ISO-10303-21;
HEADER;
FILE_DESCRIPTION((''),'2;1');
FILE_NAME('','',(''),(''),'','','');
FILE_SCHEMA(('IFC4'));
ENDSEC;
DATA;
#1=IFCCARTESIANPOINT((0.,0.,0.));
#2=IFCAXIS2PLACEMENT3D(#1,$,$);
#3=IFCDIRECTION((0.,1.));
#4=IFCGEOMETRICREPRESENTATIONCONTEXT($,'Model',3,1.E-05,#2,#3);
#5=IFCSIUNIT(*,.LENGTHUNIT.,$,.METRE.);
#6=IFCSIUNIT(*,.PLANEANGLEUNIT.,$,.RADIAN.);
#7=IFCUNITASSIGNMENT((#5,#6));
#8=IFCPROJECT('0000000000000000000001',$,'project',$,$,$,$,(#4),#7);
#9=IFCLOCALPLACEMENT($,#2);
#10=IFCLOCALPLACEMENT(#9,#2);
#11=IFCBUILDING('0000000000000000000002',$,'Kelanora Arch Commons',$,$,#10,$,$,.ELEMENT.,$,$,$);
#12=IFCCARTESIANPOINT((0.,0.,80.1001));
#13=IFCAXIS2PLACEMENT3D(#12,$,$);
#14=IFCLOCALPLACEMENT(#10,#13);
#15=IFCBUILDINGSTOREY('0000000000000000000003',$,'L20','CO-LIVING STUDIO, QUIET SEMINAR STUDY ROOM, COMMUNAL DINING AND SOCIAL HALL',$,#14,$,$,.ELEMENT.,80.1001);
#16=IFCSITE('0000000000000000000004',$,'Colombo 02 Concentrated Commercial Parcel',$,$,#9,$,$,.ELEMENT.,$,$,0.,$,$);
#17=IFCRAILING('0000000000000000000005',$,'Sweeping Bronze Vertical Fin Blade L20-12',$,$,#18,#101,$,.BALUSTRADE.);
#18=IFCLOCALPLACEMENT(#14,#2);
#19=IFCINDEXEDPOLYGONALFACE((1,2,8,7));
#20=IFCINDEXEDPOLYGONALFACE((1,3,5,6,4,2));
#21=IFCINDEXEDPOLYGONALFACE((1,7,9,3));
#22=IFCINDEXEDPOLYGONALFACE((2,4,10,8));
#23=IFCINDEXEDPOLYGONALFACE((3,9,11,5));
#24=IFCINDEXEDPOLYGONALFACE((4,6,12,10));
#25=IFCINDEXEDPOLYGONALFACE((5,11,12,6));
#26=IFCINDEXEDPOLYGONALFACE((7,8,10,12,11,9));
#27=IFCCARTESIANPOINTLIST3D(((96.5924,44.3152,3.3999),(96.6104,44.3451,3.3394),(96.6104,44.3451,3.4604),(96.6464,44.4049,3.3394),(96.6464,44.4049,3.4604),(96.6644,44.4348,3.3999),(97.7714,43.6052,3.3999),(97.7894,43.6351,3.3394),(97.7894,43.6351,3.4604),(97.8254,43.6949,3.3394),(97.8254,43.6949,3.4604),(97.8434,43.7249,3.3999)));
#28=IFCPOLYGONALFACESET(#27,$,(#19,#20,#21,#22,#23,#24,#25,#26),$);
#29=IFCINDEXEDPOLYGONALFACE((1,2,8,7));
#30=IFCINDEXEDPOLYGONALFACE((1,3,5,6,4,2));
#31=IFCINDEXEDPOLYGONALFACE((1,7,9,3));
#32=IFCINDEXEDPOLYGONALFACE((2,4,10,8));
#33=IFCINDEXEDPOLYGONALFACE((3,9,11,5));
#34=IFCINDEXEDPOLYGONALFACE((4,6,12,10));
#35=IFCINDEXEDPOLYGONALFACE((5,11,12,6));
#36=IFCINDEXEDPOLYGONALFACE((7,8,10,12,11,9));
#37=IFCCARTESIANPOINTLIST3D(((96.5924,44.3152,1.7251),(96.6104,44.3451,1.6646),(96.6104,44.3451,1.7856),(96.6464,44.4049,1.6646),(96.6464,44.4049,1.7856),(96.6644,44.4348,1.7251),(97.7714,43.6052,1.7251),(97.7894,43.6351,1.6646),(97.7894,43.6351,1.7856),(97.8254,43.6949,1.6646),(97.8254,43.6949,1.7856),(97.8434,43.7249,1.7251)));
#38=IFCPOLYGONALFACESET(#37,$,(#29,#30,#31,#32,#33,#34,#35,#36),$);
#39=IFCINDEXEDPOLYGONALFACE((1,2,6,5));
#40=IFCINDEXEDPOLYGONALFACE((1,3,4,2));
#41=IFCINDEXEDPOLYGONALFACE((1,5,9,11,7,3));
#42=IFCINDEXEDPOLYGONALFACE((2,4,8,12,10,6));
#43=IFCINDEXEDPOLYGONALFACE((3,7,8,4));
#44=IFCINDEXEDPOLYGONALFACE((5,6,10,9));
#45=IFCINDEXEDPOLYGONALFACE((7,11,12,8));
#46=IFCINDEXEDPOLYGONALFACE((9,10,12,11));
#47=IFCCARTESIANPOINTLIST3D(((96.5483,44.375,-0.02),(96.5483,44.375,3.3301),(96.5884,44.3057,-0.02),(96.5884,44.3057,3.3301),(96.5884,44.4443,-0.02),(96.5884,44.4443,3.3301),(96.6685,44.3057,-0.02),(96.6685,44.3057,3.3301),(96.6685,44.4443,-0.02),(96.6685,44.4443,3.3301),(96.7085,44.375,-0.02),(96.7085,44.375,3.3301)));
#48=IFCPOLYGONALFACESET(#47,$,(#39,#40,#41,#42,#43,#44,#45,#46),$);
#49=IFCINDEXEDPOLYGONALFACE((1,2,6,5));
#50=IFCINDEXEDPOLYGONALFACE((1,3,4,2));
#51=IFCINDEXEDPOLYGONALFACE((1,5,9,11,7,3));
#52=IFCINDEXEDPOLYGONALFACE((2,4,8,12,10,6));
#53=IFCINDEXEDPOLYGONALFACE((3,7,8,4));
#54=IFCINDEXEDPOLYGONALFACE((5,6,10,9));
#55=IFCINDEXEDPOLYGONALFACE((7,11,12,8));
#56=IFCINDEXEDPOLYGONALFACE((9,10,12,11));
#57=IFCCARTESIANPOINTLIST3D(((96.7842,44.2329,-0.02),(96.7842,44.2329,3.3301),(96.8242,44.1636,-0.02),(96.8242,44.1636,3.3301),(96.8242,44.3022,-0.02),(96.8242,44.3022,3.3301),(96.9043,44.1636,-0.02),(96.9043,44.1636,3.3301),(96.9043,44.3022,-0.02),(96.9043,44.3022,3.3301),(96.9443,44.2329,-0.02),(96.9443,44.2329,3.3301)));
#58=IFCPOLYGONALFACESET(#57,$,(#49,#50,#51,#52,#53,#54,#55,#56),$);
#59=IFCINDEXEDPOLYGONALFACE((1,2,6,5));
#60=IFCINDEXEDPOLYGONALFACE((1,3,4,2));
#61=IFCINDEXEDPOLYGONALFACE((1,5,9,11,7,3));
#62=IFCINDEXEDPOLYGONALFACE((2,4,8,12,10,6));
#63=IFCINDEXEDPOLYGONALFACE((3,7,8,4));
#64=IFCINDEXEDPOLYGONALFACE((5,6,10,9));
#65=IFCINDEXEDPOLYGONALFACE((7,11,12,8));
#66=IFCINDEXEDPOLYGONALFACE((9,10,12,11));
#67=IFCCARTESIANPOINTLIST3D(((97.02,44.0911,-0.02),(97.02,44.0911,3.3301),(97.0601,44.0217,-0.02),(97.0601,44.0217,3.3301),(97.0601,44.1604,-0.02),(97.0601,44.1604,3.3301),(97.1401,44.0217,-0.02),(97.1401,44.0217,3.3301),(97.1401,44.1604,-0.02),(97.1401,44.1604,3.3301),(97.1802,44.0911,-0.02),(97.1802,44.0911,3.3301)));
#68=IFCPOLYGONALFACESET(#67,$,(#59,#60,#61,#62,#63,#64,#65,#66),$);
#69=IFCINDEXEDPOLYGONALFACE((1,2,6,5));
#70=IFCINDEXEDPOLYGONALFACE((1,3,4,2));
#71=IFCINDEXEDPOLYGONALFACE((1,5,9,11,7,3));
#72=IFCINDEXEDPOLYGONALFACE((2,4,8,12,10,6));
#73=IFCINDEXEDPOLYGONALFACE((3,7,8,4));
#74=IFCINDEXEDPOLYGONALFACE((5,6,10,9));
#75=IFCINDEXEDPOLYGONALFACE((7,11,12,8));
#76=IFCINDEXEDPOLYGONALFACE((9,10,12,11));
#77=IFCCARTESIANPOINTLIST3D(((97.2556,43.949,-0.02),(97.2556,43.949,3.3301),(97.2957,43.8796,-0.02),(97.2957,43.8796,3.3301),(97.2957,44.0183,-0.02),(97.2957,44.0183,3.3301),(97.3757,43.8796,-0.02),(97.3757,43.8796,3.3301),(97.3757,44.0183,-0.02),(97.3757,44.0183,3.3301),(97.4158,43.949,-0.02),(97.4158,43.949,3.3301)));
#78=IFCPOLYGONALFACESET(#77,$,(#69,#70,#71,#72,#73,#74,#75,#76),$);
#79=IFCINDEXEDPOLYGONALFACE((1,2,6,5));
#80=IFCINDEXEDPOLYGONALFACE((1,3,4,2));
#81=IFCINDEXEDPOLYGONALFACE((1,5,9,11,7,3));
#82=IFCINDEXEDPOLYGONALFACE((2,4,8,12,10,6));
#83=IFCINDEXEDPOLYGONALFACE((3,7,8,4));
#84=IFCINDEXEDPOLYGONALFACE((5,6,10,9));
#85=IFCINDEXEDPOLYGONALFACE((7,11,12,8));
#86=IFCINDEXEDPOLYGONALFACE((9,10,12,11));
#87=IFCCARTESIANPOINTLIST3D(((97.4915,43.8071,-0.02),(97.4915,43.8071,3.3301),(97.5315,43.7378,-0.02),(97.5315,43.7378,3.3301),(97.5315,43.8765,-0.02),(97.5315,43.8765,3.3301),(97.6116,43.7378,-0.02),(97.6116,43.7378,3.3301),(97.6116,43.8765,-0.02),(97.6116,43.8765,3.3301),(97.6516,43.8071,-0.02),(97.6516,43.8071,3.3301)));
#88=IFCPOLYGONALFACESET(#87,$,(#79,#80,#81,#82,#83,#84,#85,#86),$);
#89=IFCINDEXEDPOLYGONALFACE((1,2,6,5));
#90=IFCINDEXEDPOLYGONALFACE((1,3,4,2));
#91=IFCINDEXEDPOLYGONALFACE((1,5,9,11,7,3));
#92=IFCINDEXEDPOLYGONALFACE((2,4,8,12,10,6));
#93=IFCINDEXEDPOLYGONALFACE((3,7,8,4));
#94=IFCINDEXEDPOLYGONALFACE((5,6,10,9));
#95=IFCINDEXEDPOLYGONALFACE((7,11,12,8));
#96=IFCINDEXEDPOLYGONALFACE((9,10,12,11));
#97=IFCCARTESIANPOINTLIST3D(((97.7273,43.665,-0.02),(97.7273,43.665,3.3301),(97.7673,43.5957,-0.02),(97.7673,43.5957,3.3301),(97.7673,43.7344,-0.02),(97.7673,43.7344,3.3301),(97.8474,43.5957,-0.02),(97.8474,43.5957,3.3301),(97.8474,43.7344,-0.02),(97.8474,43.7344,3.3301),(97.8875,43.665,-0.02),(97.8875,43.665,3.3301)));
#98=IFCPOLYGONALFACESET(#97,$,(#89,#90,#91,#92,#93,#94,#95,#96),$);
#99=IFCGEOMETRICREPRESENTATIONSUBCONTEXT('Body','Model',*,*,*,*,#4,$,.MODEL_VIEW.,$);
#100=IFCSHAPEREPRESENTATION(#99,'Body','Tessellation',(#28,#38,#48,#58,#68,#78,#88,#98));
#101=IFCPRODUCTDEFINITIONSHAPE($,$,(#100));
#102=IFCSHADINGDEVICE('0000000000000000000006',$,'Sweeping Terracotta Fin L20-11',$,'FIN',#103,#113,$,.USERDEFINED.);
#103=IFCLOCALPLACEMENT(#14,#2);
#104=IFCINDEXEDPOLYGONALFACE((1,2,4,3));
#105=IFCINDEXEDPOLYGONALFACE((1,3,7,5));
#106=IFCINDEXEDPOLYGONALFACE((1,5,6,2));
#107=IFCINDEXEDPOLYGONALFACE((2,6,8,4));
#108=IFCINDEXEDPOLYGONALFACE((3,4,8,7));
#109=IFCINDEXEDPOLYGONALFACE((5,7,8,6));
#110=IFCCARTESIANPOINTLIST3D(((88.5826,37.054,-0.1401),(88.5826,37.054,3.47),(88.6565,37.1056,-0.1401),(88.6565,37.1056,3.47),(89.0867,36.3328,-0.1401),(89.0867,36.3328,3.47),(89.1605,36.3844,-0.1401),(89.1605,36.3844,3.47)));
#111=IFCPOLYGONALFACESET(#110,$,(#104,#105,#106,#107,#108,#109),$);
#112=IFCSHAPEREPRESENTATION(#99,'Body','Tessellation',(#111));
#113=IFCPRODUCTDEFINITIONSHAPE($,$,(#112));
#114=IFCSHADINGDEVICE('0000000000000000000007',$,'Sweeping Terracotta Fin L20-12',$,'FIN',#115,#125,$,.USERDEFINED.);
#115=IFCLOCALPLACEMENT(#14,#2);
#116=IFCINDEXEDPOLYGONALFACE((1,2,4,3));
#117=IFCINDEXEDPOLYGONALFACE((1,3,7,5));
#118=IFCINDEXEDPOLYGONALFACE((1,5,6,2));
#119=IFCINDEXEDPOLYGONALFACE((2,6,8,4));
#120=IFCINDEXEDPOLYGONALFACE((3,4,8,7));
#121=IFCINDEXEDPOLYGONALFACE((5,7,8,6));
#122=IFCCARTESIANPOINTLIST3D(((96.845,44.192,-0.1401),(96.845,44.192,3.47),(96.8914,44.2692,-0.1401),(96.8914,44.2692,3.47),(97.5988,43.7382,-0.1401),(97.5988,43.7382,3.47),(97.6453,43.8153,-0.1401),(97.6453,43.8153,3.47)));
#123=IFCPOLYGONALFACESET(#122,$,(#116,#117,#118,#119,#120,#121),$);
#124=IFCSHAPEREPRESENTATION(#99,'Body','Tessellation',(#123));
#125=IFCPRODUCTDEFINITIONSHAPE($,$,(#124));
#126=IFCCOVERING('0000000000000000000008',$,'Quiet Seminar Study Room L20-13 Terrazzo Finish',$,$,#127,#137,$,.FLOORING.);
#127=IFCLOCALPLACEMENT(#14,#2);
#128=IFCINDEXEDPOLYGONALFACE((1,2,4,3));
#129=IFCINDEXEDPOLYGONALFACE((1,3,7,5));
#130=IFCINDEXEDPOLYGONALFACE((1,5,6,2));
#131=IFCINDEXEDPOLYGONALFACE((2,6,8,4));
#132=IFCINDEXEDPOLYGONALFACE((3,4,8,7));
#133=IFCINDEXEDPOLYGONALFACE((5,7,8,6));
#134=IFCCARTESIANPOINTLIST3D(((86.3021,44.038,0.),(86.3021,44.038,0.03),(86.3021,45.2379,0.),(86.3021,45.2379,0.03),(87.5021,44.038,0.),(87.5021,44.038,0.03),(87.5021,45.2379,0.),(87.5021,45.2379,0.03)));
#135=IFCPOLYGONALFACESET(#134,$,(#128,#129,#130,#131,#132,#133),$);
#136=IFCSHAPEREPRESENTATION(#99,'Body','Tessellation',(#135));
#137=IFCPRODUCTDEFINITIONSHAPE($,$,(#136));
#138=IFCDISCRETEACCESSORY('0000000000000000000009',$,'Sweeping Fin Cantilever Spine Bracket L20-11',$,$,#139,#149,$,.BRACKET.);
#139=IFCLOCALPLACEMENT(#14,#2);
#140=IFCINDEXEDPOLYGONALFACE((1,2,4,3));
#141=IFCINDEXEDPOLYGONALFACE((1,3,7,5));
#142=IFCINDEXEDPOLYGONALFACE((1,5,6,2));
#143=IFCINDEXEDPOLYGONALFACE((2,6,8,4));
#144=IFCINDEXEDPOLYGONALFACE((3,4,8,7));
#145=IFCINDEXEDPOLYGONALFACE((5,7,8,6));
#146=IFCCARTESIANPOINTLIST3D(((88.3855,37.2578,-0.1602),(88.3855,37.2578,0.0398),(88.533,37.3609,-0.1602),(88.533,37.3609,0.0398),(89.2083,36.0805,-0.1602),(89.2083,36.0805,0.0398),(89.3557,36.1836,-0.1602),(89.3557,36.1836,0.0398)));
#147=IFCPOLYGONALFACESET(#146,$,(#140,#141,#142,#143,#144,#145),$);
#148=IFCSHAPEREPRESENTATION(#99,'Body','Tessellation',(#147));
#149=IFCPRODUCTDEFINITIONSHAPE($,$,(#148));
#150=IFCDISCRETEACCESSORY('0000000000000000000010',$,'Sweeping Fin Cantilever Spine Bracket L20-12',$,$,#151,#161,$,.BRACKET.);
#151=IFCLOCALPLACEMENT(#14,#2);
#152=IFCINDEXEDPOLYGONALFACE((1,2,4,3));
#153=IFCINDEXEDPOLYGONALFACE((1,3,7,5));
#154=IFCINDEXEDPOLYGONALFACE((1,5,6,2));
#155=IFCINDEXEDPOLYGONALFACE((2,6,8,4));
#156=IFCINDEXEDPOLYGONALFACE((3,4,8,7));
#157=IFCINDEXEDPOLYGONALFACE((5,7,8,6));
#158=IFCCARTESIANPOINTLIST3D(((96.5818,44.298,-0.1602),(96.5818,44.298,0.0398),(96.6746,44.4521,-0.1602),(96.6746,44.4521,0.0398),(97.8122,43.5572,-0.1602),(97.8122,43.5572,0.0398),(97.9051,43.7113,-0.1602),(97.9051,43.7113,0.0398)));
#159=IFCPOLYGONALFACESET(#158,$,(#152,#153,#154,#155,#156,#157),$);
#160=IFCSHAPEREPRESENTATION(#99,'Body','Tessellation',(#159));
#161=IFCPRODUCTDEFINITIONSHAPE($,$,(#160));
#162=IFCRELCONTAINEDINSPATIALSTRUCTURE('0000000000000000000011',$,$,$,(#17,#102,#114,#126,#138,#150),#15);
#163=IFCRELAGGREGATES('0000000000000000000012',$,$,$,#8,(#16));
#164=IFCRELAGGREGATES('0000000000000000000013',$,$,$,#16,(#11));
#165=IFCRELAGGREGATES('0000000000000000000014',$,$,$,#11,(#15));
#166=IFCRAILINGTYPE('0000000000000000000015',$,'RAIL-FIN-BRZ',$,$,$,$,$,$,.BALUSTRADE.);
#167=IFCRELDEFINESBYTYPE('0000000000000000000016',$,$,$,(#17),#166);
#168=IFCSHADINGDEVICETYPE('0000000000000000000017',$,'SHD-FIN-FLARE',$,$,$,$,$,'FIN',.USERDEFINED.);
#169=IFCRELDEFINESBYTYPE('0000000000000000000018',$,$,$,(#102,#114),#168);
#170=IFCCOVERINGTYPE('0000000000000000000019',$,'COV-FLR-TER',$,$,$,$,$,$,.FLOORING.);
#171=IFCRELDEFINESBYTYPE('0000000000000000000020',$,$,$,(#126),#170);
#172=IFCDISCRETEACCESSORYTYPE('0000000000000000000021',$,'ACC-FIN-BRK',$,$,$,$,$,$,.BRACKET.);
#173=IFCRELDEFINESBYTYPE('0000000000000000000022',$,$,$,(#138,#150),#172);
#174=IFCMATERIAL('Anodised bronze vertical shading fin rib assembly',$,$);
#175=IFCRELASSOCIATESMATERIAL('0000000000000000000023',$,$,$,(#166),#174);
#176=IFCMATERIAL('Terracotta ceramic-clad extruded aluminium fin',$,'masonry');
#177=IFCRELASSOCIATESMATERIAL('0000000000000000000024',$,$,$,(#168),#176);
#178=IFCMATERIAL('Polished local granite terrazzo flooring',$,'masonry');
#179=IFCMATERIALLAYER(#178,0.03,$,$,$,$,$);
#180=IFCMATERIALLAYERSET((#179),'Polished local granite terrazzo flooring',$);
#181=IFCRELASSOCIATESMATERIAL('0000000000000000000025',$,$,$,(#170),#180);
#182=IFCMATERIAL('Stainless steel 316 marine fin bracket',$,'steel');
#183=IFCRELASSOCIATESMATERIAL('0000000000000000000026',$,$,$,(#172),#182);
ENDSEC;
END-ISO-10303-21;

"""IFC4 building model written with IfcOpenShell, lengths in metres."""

from ifc_helpers import new_model, si_unit, direction, frame, origin, origin_2d, place, context, subcontext, project, spatial, polyline, rectangle, outline, extrude, source, transform, mapped, material, layer, layer_set, type_object, element, save


model = new_model("IFC4")

# Units and contexts
model_context = context("Model", 3, precision=1e-05, world=origin(), true_north=direction((0.0, 1.0)))
body_context = subcontext(model_context, "Body", "Model", "MODEL_VIEW")
ifc_project = project(units=[si_unit("LENGTHUNIT", "METRE"), si_unit("PLANEANGLEUNIT", "RADIAN")], contexts=[model_context])

# Site, building, storey
site_placement = place(None, origin())
site = spatial("IfcSite", under=ifc_project, at=site_placement, Name="Colombo 02 Concentrated Commercial Parcel", CompositionType="ELEMENT", RefElevation=0.0)
building_placement = place(site_placement, origin())
building = spatial("IfcBuilding", under=site, at=building_placement, Name="Kelanora Arch Commons", CompositionType="ELEMENT")
storey_placement = place(building_placement, frame((0.0, 0.0, 80.1001)))
storey = spatial("IfcBuildingStorey", under=building, at=storey_placement, Name="L20", Description="CO-LIVING STUDIO, QUIET SEMINAR STUDY ROOM, COMMUNAL DINING AND SOCIAL HALL", CompositionType="ELEMENT", Elevation=80.1001)

# Railing
ifc_material_1 = material(Name="Anodised bronze vertical shading fin rib assembly")
railing_type = type_object("IfcRailingType", Name="RAIL-FIN-BRZ", PredefinedType="BALUSTRADE", material=ifc_material_1)
railing_1_placement = place(storey_placement, frame((96.6284, 44.375, -0.02)))
element("IfcRailing", 1, at=railing_1_placement, inside=storey, type_object=railing_type, Name="Sweeping Bronze Vertical Fin Blade L20-12", PredefinedType="BALUSTRADE", context=body_context, shape_type="SweptSolid", body=[
    extrude(outline(polyline([(0.0698, 0.0), (0.0349, 0.0605), (-0.0349, 0.0605), (-0.0698, 0.0), (-0.0349, -0.0605), (0.0349, -0.0605), (0.0698, 0.0)])), frame((0.0, 0.0, 3.4199), z_axis=(0.856662, -0.515878, 0.0), x_axis=(0.515878, 0.856662, 0.0)), (0.0, 0.0, 1.0), 1.3762),
    extrude(outline(polyline([(0.0698, 0.0), (0.0349, 0.0605), (-0.0349, 0.0605), (-0.0698, 0.0), (-0.0349, -0.0605), (0.0349, -0.0605), (0.0698, 0.0)])), frame((0.0, 0.0, 1.7451), z_axis=(0.856662, -0.515878, 0.0), x_axis=(0.515878, 0.856662, 0.0)), (0.0, 0.0, 1.0), 1.3762),
    extrude(outline(polyline([(0.0801, 0.0), (0.04, 0.0693), (-0.04, 0.0693), (-0.0801, 0.0), (-0.04, -0.0693), (0.04, -0.0693), (0.0801, 0.0)])), origin(), (0.0, 0.0, 1.0), 3.3501),
    extrude(outline(polyline([(0.0801, 0.0), (0.04, 0.0693), (-0.04, 0.0693), (-0.0801, 0.0), (-0.04, -0.0693), (0.04, -0.0693), (0.0801, 0.0)])), frame((0.2358, -0.1421, 0.0)), (0.0, 0.0, 1.0), 3.3501),
    extrude(outline(polyline([(0.0801, 0.0), (0.04, 0.0693), (-0.04, 0.0693), (-0.0801, 0.0), (-0.04, -0.0693), (0.04, -0.0693), (0.0801, 0.0)])), frame((0.4717, -0.2839, 0.0)), (0.0, 0.0, 1.0), 3.3501),
    extrude(outline(polyline([(0.0801, 0.0), (0.04, 0.0693), (-0.04, 0.0693), (-0.0801, 0.0), (-0.04, -0.0693), (0.04, -0.0693), (0.0801, 0.0)])), frame((0.7073, -0.426, 0.0)), (0.0, 0.0, 1.0), 3.3501),
    extrude(outline(polyline([(0.0801, 0.0), (0.04, 0.0693), (-0.04, 0.0693), (-0.0801, 0.0), (-0.04, -0.0693), (0.04, -0.0693), (0.0801, 0.0)])), frame((0.9431, -0.5679, 0.0)), (0.0, 0.0, 1.0), 3.3501),
    extrude(outline(polyline([(0.0801, 0.0), (0.04, 0.0693), (-0.04, 0.0693), (-0.0801, 0.0), (-0.04, -0.0693), (0.04, -0.0693), (0.0801, 0.0)])), frame((1.179, -0.71, 0.0)), (0.0, 0.0, 1.0), 3.3501),
])

# Shading devices
ifc_material_2 = material(Name="Terracotta ceramic-clad extruded aluminium fin", Category="masonry")
shading_device_type = type_object("IfcShadingDeviceType", Name="SHD-FIN-FLARE", ElementType="FIN", PredefinedType="USERDEFINED", material=ifc_material_2)
shared_shape_1 = source(origin(), body_context, "Body", "SweptSolid", [
    extrude(rectangle(XDim=0.8799, YDim=0.0901, at=origin_2d()), origin(), (0.0, 0.0, 1.0), 3.6101),
])
for number, where, z_axis, x_axis, name in (
    (2, (88.8716, 36.7192, -0.1401), (0.0, 0.0, 1.0), (0.572861, -0.819652, 0.0), "Sweeping Terracotta Fin L20-11"),
    (3, (97.2451, 44.0037, -0.1401), (0.0, 0.0, 1.0), (0.856718, -0.515786, 0.0), "Sweeping Terracotta Fin L20-12"),
):
    element("IfcShadingDevice", number, at=place(storey_placement, frame(where, z_axis=z_axis, x_axis=x_axis)), inside=storey, type_object=shading_device_type, Name=name, ObjectType="FIN", PredefinedType="USERDEFINED", context=body_context, shape_type="MappedRepresentation", body=[
        mapped(shared_shape_1, transform((0.0, 0.0, 0.0), scale=1.0)),
    ])

# Covering
ifc_material_3 = material(Name="Polished local granite terrazzo flooring", Category="masonry")
ifc_layer_1 = layer(ifc_material_3, 0.03)
ifc_layer_set_1 = layer_set([ifc_layer_1], Name="Polished local granite terrazzo flooring")
covering_type = type_object("IfcCoveringType", Name="COV-FLR-TER", PredefinedType="FLOORING", material=ifc_layer_set_1)
shared_shape_2 = source(origin(), body_context, "Body", "SweptSolid", [
    extrude(rectangle(XDim=1.2, YDim=1.2, at=origin_2d()), origin(), (0.0, 0.0, 1.0), 0.03),
])
covering_placement = place(storey_placement, frame((86.9021, 44.6379, 0.0), z_axis=(0.0, 0.0, 1.0), x_axis=(1.0, 0.0, 0.0)))
element("IfcCovering", 4, at=covering_placement, inside=storey, type_object=covering_type, Name="Quiet Seminar Study Room L20-13 Terrazzo Finish", PredefinedType="FLOORING", context=body_context, shape_type="MappedRepresentation", body=[
    mapped(shared_shape_2, transform((0.0, 0.0, 0.0), scale=1.0)),
])

# Discrete accessories
ifc_material_4 = material(Name="Stainless steel 316 marine fin bracket", Category="steel")
discrete_accessory_type = type_object("IfcDiscreteAccessoryType", Name="ACC-FIN-BRK", PredefinedType="BRACKET", material=ifc_material_4)
shared_shape_3 = source(origin(), body_context, "Body", "SweptSolid", [
    extrude(rectangle(XDim=1.4363, YDim=0.1799, at=origin_2d()), origin(), (0.0, 0.0, 1.0), 0.2),
])
for number, where, z_axis, x_axis, name in (
    (5, (88.8706, 36.7207, -0.1602), (0.0, 0.0, 1.0), (0.572861, -0.819652, 0.0), "Sweeping Fin Cantilever Spine Bracket L20-11"),
    (6, (97.2434, 44.0046, -0.1602), (0.0, 0.0, 1.0), (0.856718, -0.515786, 0.0), "Sweeping Fin Cantilever Spine Bracket L20-12"),
):
    element("IfcDiscreteAccessory", number, at=place(storey_placement, frame(where, z_axis=z_axis, x_axis=x_axis)), inside=storey, type_object=discrete_accessory_type, Name=name, PredefinedType="BRACKET", context=body_context, shape_type="MappedRepresentation", body=[
        mapped(shared_shape_3, transform((0.0, 0.0, 0.0), scale=1.0)),
    ])

save(model, "model.ifc")
